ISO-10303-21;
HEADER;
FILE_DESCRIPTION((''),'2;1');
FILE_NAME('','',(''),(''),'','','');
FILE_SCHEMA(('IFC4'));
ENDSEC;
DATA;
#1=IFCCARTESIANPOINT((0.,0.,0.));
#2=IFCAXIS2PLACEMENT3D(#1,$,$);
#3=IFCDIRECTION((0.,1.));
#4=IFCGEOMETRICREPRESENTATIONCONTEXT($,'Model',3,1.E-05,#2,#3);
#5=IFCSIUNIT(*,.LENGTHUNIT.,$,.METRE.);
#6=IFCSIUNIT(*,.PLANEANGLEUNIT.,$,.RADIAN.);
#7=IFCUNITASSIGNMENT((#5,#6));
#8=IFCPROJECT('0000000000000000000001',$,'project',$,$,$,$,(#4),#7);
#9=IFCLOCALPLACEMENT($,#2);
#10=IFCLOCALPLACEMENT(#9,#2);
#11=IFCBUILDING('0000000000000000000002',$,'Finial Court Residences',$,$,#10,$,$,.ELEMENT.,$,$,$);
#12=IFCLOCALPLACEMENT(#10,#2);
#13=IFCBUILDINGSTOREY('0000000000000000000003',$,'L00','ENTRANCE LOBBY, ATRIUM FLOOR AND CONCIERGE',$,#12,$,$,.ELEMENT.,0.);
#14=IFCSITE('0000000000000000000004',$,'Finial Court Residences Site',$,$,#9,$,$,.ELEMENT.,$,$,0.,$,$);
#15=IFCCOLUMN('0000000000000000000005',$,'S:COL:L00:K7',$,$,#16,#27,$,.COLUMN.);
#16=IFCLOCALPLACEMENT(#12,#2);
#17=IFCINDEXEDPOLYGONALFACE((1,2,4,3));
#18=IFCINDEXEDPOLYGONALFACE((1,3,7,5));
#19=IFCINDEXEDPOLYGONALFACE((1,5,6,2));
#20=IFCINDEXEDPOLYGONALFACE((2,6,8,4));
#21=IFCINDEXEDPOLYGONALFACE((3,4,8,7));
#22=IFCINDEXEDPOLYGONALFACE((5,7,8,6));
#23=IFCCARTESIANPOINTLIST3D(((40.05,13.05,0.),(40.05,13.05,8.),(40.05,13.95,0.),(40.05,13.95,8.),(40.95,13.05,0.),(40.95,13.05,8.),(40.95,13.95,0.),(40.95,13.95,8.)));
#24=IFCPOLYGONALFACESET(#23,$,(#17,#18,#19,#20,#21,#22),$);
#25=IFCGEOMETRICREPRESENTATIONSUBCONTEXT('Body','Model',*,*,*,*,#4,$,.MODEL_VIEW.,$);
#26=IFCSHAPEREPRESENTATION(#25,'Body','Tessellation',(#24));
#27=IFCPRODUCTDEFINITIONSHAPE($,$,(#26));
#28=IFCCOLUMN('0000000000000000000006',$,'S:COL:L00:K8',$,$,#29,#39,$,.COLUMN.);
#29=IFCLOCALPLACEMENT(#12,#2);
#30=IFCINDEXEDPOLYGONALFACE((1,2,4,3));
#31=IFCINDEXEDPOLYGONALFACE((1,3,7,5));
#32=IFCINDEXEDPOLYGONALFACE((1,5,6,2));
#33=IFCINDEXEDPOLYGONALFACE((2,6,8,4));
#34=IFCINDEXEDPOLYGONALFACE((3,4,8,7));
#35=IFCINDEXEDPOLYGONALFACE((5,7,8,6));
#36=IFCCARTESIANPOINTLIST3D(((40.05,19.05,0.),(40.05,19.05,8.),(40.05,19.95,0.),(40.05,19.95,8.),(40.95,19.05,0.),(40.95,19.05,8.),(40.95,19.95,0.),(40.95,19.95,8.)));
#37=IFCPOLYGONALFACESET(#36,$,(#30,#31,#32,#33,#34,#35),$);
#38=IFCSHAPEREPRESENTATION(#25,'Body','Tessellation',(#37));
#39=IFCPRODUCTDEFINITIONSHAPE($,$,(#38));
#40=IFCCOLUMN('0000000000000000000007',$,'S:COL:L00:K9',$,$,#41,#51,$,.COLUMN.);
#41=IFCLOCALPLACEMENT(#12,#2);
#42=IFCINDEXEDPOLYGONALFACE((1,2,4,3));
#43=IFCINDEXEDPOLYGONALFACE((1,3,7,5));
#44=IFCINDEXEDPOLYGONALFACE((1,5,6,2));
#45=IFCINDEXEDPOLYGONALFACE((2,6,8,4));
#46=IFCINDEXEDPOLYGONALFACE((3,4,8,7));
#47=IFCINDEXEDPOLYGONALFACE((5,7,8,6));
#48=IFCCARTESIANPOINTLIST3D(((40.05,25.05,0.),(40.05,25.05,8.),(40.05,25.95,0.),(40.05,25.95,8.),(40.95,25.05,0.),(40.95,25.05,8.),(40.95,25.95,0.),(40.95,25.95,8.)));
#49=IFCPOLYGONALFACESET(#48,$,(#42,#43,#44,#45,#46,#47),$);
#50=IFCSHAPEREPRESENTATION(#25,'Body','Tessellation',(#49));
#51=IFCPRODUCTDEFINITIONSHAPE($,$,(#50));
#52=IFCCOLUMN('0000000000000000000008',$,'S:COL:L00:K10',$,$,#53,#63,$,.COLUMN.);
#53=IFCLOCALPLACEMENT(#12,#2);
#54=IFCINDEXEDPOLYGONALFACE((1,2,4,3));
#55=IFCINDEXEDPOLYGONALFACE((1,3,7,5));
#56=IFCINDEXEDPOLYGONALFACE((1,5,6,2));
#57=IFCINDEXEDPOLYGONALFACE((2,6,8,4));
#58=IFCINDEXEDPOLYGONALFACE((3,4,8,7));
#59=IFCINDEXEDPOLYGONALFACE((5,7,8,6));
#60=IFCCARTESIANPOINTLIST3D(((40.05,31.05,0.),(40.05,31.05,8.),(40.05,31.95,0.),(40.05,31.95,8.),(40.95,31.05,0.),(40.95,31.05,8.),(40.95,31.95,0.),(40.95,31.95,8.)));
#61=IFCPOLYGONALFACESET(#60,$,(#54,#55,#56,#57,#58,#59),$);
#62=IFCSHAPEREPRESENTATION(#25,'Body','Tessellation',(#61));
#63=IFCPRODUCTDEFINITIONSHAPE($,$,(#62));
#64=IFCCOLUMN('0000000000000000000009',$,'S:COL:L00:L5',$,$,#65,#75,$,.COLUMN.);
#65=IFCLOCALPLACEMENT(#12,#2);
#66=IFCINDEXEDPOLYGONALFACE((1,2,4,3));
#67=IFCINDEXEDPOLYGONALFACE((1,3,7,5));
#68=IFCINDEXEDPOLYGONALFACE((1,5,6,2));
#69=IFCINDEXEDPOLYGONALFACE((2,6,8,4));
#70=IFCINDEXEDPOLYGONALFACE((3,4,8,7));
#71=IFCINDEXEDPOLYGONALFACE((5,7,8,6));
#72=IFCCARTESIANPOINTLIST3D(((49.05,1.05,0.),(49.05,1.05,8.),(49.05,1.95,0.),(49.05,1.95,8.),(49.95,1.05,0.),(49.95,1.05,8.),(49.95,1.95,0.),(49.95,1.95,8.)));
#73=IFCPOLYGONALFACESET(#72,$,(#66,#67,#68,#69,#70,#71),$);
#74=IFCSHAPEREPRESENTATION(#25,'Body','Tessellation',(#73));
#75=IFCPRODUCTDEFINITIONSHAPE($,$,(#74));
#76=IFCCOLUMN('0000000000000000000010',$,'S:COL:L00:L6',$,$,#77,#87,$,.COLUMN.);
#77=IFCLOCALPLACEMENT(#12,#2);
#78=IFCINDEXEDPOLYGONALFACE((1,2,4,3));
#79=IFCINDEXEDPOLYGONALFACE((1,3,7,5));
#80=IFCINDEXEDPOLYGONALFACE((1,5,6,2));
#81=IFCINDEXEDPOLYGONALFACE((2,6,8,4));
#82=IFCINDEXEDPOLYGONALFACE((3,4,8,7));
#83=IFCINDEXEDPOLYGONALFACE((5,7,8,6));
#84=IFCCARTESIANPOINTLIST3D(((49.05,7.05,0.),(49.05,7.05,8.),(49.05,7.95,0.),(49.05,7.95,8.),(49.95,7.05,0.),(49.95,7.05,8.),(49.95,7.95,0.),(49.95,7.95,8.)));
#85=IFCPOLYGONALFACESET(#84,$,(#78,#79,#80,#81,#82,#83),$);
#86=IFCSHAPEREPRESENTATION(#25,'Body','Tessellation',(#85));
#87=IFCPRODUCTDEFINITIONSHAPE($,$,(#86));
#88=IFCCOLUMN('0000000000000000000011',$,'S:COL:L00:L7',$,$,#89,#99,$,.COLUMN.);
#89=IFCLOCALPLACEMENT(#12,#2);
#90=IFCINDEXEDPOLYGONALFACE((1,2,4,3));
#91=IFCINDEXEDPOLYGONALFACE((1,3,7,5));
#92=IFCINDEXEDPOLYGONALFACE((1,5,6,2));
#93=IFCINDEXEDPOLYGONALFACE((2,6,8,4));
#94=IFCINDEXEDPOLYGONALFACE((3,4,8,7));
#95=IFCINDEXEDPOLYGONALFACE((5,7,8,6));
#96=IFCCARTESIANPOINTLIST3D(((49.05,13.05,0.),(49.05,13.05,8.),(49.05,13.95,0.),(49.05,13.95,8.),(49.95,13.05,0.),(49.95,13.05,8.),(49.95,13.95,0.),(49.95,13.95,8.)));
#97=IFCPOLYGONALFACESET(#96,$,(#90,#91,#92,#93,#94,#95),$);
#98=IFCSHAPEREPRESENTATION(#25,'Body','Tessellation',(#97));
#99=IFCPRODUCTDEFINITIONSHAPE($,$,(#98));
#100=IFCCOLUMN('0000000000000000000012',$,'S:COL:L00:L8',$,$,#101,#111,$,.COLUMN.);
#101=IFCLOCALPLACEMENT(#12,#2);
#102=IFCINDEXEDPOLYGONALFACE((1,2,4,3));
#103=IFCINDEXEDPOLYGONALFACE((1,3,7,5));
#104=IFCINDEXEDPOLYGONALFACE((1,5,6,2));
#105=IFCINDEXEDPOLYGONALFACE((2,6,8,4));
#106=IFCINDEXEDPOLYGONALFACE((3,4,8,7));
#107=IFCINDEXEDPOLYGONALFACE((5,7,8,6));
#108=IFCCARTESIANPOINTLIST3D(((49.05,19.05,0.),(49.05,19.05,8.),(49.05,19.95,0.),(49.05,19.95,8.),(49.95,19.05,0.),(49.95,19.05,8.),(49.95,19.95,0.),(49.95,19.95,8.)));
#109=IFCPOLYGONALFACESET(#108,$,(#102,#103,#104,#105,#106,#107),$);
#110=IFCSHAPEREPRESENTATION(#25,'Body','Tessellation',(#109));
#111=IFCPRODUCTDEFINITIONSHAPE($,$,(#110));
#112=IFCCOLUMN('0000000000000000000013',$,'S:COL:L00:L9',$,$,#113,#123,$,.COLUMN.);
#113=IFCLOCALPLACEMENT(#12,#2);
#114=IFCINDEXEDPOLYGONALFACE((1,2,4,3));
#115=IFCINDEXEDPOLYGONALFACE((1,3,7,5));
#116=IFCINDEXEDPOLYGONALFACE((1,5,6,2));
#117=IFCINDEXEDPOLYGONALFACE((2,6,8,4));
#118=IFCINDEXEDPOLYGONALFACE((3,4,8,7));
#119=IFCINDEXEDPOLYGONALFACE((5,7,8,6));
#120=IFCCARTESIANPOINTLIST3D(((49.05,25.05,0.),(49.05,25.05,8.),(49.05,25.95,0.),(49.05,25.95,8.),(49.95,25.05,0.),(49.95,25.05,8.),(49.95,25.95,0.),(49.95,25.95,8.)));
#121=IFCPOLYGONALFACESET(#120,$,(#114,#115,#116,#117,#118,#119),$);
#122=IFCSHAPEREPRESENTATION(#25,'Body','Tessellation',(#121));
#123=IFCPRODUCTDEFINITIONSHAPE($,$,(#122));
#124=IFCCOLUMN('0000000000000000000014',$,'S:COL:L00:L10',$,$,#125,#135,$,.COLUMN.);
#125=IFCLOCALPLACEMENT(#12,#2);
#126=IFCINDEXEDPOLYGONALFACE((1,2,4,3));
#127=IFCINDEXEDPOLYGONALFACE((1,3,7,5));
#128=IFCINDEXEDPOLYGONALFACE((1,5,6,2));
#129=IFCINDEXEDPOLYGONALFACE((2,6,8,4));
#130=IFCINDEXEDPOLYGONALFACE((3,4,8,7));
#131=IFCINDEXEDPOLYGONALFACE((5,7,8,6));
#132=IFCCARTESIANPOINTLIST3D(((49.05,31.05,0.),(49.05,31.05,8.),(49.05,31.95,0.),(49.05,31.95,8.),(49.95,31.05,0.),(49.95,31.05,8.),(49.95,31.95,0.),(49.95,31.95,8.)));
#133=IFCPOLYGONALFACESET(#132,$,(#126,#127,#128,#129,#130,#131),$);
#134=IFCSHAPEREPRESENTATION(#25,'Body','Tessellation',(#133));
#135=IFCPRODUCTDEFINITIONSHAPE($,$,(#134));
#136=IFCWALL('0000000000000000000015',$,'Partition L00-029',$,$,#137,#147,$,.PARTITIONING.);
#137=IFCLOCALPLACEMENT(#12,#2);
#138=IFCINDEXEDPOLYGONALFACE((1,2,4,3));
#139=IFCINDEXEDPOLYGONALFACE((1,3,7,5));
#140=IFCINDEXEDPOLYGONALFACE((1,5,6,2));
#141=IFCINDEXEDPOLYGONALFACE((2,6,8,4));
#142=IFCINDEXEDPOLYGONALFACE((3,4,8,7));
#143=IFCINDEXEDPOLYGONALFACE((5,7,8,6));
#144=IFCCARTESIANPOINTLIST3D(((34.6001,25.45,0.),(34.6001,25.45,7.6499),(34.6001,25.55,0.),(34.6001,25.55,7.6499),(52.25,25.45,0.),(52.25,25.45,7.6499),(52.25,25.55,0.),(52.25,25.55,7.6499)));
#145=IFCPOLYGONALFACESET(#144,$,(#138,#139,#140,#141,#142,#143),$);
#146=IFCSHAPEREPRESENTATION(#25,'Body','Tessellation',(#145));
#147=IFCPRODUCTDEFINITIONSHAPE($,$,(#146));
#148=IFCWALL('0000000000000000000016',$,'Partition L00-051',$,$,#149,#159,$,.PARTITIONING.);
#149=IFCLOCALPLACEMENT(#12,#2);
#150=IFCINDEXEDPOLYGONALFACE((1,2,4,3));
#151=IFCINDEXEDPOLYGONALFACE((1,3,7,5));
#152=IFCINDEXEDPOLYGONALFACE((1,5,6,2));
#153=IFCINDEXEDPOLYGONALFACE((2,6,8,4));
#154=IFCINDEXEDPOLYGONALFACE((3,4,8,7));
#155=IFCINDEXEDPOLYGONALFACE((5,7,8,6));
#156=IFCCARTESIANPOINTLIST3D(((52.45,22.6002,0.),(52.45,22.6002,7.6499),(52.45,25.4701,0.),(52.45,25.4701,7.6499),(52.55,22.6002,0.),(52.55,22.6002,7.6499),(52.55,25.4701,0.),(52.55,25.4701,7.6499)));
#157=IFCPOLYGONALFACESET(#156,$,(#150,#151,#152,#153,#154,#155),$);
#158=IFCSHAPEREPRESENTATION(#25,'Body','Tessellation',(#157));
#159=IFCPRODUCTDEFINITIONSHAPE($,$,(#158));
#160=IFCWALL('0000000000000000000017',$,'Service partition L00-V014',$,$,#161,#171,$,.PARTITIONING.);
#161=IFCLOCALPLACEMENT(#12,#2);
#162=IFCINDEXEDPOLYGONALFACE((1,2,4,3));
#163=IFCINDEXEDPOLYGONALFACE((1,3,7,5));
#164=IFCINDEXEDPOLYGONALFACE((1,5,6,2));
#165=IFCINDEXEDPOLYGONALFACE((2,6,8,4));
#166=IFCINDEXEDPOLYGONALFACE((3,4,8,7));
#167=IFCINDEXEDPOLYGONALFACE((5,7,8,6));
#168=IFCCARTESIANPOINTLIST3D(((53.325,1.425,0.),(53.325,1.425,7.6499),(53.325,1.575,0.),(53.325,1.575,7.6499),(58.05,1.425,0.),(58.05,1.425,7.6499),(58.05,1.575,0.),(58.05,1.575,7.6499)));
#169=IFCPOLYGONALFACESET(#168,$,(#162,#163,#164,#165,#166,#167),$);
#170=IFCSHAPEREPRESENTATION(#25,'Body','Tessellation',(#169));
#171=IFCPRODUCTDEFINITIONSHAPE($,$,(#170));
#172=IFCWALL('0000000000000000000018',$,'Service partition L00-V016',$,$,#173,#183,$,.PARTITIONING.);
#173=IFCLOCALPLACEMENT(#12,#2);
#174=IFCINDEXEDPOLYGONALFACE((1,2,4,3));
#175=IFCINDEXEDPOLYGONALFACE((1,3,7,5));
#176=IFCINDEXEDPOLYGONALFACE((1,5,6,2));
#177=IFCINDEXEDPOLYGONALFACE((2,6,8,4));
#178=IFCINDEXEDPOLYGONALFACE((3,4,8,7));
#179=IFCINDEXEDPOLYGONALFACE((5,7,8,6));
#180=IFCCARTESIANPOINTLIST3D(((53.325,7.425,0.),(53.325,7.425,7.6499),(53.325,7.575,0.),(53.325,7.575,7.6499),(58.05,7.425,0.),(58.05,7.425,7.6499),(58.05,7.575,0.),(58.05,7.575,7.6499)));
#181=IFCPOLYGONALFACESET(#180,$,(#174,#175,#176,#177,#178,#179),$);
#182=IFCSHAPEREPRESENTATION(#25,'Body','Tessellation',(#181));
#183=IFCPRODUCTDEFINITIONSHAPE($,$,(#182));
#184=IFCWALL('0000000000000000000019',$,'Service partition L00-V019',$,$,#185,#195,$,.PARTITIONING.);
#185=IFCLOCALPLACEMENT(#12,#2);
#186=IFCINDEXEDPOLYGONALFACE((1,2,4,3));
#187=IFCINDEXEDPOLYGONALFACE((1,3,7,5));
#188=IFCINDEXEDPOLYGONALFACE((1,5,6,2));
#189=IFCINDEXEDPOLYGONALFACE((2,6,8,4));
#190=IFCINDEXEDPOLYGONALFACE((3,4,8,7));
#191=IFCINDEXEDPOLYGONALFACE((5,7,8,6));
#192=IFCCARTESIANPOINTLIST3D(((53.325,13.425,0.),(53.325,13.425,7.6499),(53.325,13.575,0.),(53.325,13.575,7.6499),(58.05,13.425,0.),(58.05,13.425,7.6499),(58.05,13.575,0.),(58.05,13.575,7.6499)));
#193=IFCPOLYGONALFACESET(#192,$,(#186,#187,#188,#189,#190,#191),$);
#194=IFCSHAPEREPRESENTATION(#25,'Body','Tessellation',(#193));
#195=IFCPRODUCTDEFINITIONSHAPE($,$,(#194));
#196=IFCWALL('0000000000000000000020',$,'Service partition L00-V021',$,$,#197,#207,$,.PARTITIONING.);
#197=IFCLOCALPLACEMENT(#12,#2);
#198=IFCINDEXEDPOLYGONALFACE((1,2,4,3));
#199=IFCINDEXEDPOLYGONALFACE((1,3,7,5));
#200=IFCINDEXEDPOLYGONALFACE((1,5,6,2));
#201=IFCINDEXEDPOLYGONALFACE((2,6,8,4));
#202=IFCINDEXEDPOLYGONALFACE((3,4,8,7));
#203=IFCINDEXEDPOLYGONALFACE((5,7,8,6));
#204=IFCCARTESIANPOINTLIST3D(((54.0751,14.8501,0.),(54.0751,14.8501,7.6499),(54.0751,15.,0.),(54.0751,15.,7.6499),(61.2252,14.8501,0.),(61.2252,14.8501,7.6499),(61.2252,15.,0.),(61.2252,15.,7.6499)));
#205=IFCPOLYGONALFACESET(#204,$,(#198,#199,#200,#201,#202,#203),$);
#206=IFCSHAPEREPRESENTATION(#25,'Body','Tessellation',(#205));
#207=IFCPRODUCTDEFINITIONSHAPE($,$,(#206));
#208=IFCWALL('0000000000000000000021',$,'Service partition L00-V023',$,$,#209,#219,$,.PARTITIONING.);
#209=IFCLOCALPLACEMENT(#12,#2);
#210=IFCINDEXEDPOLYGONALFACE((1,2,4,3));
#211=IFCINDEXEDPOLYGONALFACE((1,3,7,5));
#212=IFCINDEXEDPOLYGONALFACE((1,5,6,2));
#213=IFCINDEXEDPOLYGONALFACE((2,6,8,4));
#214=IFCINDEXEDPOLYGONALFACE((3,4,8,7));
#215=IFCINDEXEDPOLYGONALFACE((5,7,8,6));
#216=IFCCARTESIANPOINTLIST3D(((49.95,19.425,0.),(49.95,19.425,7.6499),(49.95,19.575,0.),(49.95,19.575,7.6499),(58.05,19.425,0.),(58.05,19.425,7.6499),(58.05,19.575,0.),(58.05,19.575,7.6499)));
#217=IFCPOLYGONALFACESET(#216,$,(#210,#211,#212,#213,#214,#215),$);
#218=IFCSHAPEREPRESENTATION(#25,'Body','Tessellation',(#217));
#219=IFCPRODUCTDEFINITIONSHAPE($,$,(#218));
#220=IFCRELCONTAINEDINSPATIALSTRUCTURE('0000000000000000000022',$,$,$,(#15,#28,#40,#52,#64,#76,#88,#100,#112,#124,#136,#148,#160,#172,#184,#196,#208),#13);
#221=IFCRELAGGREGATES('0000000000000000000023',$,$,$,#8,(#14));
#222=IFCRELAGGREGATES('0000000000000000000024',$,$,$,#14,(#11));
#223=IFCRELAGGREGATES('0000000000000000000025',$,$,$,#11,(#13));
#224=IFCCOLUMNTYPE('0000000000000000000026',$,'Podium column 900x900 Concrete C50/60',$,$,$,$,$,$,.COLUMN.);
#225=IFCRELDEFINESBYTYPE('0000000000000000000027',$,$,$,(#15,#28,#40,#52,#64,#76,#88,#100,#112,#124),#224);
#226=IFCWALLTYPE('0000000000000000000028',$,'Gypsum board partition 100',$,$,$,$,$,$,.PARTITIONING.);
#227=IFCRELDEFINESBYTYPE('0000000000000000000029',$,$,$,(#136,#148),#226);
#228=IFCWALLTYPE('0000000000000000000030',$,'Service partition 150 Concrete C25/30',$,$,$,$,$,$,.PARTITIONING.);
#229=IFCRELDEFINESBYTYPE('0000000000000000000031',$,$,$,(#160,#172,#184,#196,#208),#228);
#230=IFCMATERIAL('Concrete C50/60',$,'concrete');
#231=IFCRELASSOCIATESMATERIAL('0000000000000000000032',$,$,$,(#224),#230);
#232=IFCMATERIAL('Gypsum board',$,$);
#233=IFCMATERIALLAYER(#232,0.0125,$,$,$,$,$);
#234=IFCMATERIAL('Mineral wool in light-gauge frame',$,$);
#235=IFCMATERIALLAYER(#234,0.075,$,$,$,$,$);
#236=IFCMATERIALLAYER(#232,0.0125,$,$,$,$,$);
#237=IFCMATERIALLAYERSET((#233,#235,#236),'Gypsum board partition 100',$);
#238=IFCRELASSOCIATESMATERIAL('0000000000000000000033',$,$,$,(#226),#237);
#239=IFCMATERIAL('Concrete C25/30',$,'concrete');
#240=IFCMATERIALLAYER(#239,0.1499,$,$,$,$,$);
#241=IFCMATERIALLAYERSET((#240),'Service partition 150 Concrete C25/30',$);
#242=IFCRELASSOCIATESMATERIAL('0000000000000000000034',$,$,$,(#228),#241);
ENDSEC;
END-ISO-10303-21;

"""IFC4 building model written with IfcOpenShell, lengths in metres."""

from ifc_helpers import new_model, si_unit, direction, frame, frame_2d, origin, origin_2d, place, context, subcontext, project, spatial, rectangle, extrude, material, layer, layer_set, material_profile, profile_set, type_object, element, save


model = new_model("IFC4")

# Units and contexts
model_context = context("Model", 3, precision=1e-05, world=origin(), true_north=direction((0.0, 1.0)))
body_context = subcontext(model_context, "Body", "Model", "MODEL_VIEW")
ifc_project = project(units=[si_unit("LENGTHUNIT", "METRE"), si_unit("PLANEANGLEUNIT", "RADIAN")], contexts=[model_context])

# Site, building, storey
site_placement = place(None, origin())
site = spatial("IfcSite", under=ifc_project, at=site_placement, Name="Finial Court Residences Site", CompositionType="ELEMENT", RefElevation=0.0)
building_placement = place(site_placement, origin())
building = spatial("IfcBuilding", under=site, at=building_placement, Name="Finial Court Residences", CompositionType="ELEMENT")
storey_placement = place(building_placement, origin())
storey = spatial("IfcBuildingStorey", under=building, at=storey_placement, Name="L00", Description="ENTRANCE LOBBY, ATRIUM FLOOR AND CONCIERGE", CompositionType="ELEMENT", Elevation=0.0)

# Columns
ifc_material_1 = material(Name="Concrete C50/60", Category="concrete")
ifc_material_profile = material_profile(ifc_material_1, rectangle(XDim=0.8999, YDim=0.8999, at=origin_2d()), Name="900x900")
ifc_profile_set = profile_set([ifc_material_profile], Name="Concrete C50/60")
column_type = type_object("IfcColumnType", Name="Podium column 900x900 Concrete C50/60", PredefinedType="COLUMN", material=ifc_profile_set)
for number, where, z_axis, x_axis, name in (
    (1, (40.5, 13.5, 0.0), (0.0, 0.0, 1.0), (1.0, 0.0, 0.0), "S:COL:L00:K7"),
    (2, (40.5, 19.5, 0.0), (0.0, 0.0, 1.0), (1.0, 0.0, 0.0), "S:COL:L00:K8"),
    (3, (40.5, 25.5, 0.0), (0.0, 0.0, 1.0), (1.0, 0.0, 0.0), "S:COL:L00:K9"),
    (4, (40.5, 31.5, 0.0), (0.0, 0.0, 1.0), (1.0, 0.0, 0.0), "S:COL:L00:K10"),
    (5, (49.5, 1.5, 0.0), (0.0, 0.0, 1.0), (1.0, 0.0, 0.0), "S:COL:L00:L5"),
    (6, (49.5, 7.5, 0.0), (0.0, 0.0, 1.0), (1.0, 0.0, 0.0), "S:COL:L00:L6"),
    (7, (49.5, 13.5, 0.0), (0.0, 0.0, 1.0), (1.0, 0.0, 0.0), "S:COL:L00:L7"),
    (8, (49.5, 19.5, 0.0), (0.0, 0.0, 1.0), (1.0, 0.0, 0.0), "S:COL:L00:L8"),
    (9, (49.5, 25.5, 0.0), (0.0, 0.0, 1.0), (1.0, 0.0, 0.0), "S:COL:L00:L9"),
    (10, (49.5, 31.5, 0.0), (0.0, 0.0, 1.0), (1.0, 0.0, 0.0), "S:COL:L00:L10"),
):
    element("IfcColumn", number, at=place(storey_placement, frame(where, z_axis=z_axis, x_axis=x_axis)), inside=storey, type_object=column_type, Name=name, PredefinedType="COLUMN", context=body_context, shape_type="SweptSolid", body=[
        extrude(rectangle(XDim=0.8999, YDim=0.8999, at=origin_2d()), origin(), (0.0, 0.0, 1.0), 8.0),
    ])

# Walls
ifc_material_2 = material(Name="Gypsum board")
ifc_layer_1 = layer(ifc_material_2, 0.0125)
ifc_material_3 = material(Name="Mineral wool in light-gauge frame")
ifc_layer_2 = layer(ifc_material_3, 0.075)
ifc_layer_3 = layer(ifc_material_2, 0.0125)
ifc_layer_set_1 = layer_set([ifc_layer_1, ifc_layer_2, ifc_layer_3], Name="Gypsum board partition 100")
wall_type_1 = type_object("IfcWallType", Name="Gypsum board partition 100", PredefinedType="PARTITIONING", material=ifc_layer_set_1)
wall_1_placement = place(storey_placement, frame((34.6001, 25.5, 0.0), z_axis=(0.0, 0.0, 1.0), x_axis=(1.0, 0.0, 0.0)))
element("IfcWall", 11, at=wall_1_placement, inside=storey, type_object=wall_type_1, Name="Partition L00-029", PredefinedType="PARTITIONING", context=body_context, shape_type="SweptSolid", body=[
    extrude(rectangle(XDim=17.6499, YDim=0.1001, at=frame_2d((8.825, 0.0))), origin(), (0.0, 0.0, 1.0), 7.6499),
])
wall_2_placement = place(storey_placement, frame((52.5, 22.6001, 0.0), z_axis=(0.0, 0.0, 1.0), x_axis=(0.0, 1.0, 0.0)))
element("IfcWall", 12, at=wall_2_placement, inside=storey, type_object=wall_type_1, Name="Partition L00-051", PredefinedType="PARTITIONING", context=body_context, shape_type="SweptSolid", body=[
    extrude(rectangle(XDim=2.8699, YDim=0.1001, at=frame_2d((1.4351, 0.0))), origin(), (0.0, 0.0, 1.0), 7.6499),
])
ifc_material_4 = material(Name="Concrete C25/30", Category="concrete")
ifc_layer_4 = layer(ifc_material_4, 0.1499)
ifc_layer_set_2 = layer_set([ifc_layer_4], Name="Service partition 150 Concrete C25/30")
wall_type_2 = type_object("IfcWallType", Name="Service partition 150 Concrete C25/30", PredefinedType="PARTITIONING", material=ifc_layer_set_2)
for number, where, z_axis, x_axis, name in (
    (13, (53.325, 1.5, 0.0), (0.0, 0.0, 1.0), (1.0, 0.0, 0.0), "Service partition L00-V014"),
    (14, (53.325, 7.5, 0.0), (0.0, 0.0, 1.0), (1.0, 0.0, 0.0), "Service partition L00-V016"),
    (15, (53.325, 13.5, 0.0), (0.0, 0.0, 1.0), (1.0, 0.0, 0.0), "Service partition L00-V019"),
):
    element("IfcWall", number, at=place(storey_placement, frame(where, z_axis=z_axis, x_axis=x_axis)), inside=storey, type_object=wall_type_2, Name=name, PredefinedType="PARTITIONING", context=body_context, shape_type="SweptSolid", body=[
        extrude(rectangle(XDim=4.7251, YDim=0.1499, at=frame_2d((2.3625, 0.0))), origin(), (0.0, 0.0, 1.0), 7.6499),
    ])
wall_3_placement = place(storey_placement, frame((54.075, 14.925, 0.0), z_axis=(0.0, 0.0, 1.0), x_axis=(1.0, 0.0, 0.0)))
element("IfcWall", 16, at=wall_3_placement, inside=storey, type_object=wall_type_2, Name="Service partition L00-V021", PredefinedType="PARTITIONING", context=body_context, shape_type="SweptSolid", body=[
    extrude(rectangle(XDim=7.1501, YDim=0.1499, at=frame_2d((3.5752, 0.0))), origin(), (0.0, 0.0, 1.0), 7.6499),
])
wall_4_placement = place(storey_placement, frame((49.95, 19.5, 0.0), z_axis=(0.0, 0.0, 1.0), x_axis=(1.0, 0.0, 0.0)))
element("IfcWall", 17, at=wall_4_placement, inside=storey, type_object=wall_type_2, Name="Service partition L00-V023", PredefinedType="PARTITIONING", context=body_context, shape_type="SweptSolid", body=[
    extrude(rectangle(XDim=8.1001, YDim=0.1499, at=frame_2d((4.05, 0.0))), origin(), (0.0, 0.0, 1.0), 7.6499),
])

save(model, "model.ifc")
